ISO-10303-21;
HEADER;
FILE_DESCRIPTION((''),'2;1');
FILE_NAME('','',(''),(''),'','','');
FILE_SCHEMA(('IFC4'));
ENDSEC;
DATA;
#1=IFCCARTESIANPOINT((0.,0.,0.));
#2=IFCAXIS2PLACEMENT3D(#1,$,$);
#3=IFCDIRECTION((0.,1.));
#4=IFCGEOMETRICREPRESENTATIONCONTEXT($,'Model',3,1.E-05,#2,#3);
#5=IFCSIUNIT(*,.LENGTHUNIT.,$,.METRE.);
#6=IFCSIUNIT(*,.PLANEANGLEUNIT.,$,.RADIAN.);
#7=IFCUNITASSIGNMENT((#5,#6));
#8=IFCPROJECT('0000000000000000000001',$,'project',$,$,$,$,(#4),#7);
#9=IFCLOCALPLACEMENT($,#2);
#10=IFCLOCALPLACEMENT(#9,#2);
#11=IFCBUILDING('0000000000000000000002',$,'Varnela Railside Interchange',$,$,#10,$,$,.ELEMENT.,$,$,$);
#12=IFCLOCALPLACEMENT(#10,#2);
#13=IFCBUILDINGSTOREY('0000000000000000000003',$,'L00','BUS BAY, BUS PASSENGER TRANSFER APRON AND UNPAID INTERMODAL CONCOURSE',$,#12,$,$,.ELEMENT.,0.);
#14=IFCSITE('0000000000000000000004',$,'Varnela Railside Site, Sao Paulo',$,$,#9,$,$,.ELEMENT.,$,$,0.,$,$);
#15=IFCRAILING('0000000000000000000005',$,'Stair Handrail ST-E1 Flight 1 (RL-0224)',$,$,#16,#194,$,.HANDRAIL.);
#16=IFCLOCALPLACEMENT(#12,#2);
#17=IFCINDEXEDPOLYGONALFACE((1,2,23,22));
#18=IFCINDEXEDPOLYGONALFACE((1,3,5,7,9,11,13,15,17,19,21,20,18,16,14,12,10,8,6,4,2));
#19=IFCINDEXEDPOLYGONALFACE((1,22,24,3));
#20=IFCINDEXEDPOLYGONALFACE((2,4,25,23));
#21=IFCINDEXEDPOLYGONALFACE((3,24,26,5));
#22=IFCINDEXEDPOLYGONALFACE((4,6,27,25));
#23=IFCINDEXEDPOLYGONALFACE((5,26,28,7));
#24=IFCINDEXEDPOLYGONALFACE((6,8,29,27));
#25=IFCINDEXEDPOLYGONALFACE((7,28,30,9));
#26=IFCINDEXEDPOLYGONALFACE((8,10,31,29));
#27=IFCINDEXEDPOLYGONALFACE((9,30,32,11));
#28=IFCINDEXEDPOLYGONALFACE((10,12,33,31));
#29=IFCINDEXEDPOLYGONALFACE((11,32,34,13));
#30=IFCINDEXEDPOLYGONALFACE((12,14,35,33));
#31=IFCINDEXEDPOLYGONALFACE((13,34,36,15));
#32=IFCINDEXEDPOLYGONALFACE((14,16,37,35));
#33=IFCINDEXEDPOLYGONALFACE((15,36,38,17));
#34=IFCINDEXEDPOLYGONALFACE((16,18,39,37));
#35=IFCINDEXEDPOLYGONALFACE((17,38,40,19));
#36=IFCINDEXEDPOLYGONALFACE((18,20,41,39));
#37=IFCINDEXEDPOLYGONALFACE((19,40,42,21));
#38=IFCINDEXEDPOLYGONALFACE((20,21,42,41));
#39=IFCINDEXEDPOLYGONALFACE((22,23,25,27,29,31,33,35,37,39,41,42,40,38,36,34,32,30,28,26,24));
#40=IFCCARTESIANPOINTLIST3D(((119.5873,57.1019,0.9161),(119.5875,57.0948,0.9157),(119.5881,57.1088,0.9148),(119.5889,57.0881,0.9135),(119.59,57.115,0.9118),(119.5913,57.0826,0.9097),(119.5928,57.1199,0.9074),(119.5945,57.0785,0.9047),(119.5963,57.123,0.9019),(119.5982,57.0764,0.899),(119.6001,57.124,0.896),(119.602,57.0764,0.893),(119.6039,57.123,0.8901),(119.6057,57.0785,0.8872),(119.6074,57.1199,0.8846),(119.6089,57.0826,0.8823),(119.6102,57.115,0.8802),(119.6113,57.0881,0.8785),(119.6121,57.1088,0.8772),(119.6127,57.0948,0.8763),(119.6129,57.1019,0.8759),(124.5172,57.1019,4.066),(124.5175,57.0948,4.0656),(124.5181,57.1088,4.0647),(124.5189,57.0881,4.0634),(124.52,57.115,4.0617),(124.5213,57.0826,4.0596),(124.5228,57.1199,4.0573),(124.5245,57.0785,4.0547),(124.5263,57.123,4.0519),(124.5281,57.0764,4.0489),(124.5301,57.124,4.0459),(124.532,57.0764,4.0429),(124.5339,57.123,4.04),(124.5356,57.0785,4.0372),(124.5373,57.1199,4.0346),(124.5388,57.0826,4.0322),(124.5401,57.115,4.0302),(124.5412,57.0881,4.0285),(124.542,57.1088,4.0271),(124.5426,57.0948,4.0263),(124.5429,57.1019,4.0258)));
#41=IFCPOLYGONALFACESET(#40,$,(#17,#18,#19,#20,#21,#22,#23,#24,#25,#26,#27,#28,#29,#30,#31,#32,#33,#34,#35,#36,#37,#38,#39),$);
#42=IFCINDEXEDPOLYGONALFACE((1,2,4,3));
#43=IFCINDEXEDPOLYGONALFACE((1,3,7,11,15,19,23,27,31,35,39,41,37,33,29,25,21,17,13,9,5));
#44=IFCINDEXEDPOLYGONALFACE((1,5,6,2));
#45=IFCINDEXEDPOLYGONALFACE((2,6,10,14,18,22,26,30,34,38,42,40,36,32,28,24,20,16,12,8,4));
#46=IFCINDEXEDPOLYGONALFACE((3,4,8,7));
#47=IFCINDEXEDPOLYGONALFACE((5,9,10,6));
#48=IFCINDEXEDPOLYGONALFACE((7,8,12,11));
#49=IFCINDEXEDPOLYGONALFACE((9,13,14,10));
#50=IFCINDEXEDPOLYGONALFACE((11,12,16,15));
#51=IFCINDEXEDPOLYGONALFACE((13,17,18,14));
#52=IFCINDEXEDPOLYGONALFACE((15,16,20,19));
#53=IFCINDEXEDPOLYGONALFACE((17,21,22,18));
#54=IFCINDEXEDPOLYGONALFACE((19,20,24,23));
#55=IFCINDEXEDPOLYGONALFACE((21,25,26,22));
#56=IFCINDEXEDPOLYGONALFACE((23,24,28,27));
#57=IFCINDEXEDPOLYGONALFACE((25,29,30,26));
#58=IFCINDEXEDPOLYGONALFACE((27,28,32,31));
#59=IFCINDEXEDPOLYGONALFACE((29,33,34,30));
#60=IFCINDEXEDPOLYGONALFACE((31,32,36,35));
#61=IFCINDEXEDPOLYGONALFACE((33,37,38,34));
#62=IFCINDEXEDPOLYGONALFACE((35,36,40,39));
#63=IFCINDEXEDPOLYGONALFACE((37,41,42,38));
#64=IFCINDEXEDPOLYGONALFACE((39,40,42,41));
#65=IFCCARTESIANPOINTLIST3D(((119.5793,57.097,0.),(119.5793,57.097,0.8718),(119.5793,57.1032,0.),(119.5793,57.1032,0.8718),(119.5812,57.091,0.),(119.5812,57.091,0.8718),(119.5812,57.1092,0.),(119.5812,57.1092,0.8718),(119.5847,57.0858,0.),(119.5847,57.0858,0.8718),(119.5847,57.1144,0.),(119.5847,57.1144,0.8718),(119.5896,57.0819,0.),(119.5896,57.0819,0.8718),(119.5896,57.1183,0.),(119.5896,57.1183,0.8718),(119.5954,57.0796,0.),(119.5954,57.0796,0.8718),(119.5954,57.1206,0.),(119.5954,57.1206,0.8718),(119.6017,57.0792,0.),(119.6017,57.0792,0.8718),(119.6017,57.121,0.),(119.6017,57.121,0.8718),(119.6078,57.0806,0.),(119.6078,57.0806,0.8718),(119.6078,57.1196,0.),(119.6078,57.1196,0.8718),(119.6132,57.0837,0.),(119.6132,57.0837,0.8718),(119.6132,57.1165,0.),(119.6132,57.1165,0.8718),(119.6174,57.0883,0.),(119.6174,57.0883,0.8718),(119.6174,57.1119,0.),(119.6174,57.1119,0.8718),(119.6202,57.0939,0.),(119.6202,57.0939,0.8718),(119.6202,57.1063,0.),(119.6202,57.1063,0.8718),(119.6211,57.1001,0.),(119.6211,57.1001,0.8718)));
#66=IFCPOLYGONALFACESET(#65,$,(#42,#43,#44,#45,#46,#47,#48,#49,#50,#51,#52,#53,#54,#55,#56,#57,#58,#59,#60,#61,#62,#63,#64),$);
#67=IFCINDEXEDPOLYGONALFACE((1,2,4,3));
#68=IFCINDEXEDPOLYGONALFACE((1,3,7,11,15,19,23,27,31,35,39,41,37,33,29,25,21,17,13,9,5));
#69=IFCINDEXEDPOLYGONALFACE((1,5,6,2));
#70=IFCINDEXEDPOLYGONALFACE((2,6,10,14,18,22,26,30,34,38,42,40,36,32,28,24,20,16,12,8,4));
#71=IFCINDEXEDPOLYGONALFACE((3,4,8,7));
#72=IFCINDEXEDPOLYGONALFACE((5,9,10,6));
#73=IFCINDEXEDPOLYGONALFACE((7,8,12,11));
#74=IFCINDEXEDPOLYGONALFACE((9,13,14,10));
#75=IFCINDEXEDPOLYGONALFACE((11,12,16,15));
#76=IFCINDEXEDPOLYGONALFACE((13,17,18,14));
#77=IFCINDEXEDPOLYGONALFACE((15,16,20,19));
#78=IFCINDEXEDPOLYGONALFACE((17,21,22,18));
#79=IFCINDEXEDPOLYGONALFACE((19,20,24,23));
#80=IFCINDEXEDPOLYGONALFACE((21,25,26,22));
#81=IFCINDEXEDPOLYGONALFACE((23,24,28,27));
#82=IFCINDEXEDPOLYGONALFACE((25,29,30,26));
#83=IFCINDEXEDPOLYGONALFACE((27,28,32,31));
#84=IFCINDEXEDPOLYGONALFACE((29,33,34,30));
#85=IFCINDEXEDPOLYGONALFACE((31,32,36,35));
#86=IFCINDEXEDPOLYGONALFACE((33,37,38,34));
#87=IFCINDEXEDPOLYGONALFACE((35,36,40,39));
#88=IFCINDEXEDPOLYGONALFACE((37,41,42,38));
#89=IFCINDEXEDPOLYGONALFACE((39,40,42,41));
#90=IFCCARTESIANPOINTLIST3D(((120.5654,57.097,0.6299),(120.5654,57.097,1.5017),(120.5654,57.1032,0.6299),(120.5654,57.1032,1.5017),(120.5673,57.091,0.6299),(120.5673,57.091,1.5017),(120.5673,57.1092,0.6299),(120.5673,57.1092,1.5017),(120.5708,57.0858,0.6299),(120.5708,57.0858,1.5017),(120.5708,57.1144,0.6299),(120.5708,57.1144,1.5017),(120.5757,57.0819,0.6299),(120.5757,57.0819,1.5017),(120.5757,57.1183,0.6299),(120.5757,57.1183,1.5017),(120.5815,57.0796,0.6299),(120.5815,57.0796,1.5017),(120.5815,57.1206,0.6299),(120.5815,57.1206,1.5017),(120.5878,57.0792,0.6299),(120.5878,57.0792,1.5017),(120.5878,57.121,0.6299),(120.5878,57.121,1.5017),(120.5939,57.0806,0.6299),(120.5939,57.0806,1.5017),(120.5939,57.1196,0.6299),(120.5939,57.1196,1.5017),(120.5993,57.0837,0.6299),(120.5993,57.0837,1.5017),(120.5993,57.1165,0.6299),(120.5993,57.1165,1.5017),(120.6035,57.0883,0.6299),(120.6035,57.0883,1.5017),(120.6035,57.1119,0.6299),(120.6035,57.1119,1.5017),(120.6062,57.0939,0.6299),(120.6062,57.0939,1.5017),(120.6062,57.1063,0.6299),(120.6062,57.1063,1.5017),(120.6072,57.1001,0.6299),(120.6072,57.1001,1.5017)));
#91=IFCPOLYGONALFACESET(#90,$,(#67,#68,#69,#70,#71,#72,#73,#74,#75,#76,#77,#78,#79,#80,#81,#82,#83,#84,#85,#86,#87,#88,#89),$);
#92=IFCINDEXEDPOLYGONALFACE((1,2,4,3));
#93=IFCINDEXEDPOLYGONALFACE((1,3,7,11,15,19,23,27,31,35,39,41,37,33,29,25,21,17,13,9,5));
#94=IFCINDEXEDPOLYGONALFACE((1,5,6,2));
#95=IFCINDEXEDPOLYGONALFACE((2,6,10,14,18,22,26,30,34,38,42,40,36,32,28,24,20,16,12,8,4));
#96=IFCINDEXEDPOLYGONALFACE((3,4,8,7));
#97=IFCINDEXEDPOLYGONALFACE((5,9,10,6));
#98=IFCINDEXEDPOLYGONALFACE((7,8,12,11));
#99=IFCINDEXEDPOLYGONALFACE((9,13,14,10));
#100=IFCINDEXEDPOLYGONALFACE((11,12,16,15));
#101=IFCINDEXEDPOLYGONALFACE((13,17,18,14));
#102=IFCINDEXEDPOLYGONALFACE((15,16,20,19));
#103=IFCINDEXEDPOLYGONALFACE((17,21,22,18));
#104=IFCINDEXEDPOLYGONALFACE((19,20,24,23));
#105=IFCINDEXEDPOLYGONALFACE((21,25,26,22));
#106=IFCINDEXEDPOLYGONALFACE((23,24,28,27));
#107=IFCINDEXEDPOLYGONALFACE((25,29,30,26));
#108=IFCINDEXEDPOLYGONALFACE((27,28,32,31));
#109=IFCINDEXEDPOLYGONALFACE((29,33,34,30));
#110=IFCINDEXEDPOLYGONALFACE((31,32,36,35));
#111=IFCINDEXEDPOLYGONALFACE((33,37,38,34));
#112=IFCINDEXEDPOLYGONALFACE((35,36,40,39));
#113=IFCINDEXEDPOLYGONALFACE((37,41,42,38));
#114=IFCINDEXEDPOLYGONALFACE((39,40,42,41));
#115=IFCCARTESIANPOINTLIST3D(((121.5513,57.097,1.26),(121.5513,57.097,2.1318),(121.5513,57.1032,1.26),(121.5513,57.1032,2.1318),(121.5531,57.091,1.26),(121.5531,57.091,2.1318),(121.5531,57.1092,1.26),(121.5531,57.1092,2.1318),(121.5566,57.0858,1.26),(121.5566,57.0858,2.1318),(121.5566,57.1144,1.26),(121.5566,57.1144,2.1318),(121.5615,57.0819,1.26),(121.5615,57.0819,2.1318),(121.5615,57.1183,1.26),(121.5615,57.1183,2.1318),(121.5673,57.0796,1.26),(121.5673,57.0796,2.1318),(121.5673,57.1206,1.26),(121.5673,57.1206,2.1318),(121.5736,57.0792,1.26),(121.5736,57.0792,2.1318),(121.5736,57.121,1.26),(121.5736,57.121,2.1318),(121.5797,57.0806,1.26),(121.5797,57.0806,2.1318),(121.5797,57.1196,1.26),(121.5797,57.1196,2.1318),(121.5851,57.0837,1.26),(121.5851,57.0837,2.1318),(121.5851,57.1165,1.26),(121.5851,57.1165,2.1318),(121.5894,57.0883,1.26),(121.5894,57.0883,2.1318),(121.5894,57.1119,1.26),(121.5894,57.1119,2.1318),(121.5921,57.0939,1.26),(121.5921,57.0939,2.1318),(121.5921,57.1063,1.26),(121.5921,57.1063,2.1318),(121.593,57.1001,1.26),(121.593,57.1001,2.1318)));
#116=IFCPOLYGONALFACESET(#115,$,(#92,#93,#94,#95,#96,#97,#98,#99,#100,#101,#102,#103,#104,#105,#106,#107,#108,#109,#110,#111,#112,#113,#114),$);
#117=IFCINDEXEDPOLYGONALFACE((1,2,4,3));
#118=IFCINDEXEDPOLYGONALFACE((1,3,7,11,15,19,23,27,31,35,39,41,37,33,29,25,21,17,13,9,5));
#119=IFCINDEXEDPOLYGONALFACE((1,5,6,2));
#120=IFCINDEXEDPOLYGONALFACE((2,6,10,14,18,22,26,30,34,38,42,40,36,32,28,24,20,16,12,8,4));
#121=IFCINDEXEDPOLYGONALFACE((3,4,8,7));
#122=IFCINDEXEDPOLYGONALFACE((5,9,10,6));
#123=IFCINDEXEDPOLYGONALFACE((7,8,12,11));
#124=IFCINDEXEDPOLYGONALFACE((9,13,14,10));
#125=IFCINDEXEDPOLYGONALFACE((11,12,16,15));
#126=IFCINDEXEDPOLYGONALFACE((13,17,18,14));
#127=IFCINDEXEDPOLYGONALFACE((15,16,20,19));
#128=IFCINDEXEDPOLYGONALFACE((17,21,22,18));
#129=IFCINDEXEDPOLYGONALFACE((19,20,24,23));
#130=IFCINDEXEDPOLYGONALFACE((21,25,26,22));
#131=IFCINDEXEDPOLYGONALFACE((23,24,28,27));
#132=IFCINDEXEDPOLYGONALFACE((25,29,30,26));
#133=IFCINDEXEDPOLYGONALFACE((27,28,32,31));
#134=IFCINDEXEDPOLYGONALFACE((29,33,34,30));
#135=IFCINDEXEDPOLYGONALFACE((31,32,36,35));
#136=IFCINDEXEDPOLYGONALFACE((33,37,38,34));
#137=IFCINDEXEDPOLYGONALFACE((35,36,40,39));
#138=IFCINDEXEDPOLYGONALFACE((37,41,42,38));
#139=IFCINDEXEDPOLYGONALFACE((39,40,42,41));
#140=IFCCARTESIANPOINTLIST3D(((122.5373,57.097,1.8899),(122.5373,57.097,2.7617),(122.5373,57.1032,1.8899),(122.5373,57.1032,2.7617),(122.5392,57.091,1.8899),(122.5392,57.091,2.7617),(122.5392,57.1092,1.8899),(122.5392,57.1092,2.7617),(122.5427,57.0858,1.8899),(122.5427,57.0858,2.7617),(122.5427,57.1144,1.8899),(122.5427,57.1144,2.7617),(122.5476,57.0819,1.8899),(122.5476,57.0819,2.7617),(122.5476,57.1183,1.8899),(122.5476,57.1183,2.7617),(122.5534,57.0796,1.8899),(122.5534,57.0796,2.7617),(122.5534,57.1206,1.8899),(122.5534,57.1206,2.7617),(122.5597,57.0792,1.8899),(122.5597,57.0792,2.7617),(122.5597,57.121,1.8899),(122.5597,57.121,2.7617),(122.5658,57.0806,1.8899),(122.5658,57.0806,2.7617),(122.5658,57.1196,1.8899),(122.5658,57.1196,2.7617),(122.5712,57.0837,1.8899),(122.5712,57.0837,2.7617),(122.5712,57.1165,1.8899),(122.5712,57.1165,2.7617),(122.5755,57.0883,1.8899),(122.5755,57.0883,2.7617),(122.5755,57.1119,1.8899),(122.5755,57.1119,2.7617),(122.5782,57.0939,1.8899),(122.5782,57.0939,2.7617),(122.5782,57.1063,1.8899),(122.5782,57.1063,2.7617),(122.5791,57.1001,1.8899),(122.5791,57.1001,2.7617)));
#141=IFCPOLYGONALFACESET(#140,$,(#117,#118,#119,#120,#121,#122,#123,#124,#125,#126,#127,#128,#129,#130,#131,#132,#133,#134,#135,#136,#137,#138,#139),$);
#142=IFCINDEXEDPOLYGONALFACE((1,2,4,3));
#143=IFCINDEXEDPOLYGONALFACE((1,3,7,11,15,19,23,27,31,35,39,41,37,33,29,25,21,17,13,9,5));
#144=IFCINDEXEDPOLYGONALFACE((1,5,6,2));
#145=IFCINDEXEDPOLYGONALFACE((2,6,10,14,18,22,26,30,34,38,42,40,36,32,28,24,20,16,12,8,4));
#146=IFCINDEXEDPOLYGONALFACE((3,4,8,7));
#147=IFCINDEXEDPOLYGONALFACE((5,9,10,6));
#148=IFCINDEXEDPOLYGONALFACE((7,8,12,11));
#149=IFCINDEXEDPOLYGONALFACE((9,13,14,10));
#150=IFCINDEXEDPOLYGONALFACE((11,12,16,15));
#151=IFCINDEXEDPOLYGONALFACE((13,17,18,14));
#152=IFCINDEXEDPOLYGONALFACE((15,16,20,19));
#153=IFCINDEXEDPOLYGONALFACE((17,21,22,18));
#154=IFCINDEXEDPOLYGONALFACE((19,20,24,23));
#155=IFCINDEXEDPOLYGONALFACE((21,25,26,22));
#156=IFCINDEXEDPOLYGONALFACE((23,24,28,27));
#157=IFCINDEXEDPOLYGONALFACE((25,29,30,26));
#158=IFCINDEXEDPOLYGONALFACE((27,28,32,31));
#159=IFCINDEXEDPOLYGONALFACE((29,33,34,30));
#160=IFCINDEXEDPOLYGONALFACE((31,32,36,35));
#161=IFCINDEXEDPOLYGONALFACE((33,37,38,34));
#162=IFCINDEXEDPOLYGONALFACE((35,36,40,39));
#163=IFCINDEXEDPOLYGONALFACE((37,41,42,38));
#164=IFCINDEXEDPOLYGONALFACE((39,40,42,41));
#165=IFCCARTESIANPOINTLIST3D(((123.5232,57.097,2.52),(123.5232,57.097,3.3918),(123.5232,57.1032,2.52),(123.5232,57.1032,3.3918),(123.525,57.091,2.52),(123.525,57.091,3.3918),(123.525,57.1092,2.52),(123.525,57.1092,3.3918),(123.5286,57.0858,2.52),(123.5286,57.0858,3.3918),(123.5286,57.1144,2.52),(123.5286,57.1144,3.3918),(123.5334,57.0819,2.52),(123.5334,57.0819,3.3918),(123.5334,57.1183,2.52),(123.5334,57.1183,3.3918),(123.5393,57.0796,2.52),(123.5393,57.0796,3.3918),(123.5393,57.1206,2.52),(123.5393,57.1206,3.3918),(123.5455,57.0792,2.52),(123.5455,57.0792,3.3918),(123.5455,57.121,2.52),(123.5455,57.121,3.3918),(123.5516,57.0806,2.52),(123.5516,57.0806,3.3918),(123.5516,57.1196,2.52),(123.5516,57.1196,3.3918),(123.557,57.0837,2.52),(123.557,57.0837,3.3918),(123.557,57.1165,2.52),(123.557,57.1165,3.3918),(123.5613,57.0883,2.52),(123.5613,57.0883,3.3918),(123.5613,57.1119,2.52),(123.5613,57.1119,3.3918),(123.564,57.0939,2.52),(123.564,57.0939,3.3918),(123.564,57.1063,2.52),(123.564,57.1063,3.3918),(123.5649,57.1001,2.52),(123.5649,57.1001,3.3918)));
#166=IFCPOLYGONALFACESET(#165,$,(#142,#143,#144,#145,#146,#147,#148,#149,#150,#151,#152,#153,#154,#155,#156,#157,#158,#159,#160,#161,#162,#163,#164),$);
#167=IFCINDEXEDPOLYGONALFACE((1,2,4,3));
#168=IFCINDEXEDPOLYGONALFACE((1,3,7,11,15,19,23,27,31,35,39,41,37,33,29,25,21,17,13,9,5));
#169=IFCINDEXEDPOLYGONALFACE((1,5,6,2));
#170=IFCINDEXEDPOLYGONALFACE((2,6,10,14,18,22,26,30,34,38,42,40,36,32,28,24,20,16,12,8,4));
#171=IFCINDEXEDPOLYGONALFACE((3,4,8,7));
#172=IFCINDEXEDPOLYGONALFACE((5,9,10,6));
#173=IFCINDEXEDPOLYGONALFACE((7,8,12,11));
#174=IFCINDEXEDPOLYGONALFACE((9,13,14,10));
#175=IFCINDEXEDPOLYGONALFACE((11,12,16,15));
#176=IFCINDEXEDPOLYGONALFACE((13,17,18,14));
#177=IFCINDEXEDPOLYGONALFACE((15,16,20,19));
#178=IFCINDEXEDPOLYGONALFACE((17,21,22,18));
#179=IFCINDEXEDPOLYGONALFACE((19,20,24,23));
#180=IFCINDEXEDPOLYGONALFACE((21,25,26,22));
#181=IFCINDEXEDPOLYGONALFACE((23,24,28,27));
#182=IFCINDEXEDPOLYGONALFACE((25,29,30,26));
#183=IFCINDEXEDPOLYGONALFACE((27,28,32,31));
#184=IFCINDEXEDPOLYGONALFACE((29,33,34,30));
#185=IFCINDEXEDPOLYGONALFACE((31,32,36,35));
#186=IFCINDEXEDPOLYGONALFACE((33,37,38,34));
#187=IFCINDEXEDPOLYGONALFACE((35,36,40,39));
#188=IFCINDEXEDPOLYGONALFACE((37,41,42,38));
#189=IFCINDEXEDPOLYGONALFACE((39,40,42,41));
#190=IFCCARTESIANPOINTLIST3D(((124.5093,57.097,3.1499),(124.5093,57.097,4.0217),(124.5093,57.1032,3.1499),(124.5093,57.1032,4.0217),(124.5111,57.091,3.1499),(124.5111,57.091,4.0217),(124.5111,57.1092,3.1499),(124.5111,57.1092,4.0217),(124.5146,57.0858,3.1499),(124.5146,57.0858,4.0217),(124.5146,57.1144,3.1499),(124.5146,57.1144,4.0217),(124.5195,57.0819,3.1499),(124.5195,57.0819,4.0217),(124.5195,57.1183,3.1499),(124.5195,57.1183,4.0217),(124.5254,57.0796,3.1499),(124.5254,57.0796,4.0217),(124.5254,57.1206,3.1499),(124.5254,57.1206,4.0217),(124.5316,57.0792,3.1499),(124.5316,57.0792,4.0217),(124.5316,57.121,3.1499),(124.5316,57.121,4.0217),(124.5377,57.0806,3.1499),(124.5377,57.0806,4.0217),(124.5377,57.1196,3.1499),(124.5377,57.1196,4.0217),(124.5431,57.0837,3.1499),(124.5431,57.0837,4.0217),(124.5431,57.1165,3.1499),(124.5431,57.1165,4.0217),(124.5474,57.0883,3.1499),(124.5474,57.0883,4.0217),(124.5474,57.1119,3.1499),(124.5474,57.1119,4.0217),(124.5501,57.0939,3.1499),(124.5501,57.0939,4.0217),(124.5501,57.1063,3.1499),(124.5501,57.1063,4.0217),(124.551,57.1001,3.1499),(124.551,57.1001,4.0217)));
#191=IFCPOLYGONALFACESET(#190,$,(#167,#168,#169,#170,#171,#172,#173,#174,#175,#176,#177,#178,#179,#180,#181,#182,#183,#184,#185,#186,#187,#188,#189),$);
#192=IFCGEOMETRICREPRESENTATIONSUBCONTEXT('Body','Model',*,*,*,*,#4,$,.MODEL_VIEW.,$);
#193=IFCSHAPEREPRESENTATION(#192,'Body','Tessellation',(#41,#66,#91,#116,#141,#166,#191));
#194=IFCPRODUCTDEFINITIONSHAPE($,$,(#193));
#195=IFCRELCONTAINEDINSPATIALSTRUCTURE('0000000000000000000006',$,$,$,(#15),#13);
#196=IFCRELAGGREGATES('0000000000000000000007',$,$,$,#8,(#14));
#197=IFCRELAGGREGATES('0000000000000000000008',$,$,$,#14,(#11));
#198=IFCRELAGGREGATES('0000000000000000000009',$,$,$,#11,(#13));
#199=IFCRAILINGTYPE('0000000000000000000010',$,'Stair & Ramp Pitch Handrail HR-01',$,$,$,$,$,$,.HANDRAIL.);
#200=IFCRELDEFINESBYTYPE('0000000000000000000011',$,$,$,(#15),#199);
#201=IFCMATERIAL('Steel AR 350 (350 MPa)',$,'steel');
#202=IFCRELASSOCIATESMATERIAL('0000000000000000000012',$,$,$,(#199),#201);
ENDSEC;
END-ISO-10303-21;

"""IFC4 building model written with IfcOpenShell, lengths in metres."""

from ifc_helpers import new_model, si_unit, direction, frame, origin, origin_2d, place, context, subcontext, project, spatial, circle, extrude, material, type_object, element, save


model = new_model("IFC4")

# Units and contexts
model_context = context("Model", 3, precision=1e-05, world=origin(), true_north=direction((0.0, 1.0)))
body_context = subcontext(model_context, "Body", "Model", "MODEL_VIEW")
ifc_project = project(units=[si_unit("LENGTHUNIT", "METRE"), si_unit("PLANEANGLEUNIT", "RADIAN")], contexts=[model_context])

# Site, building, storey
site_placement = place(None, origin())
site = spatial("IfcSite", under=ifc_project, at=site_placement, Name="Varnela Railside Site, Sao Paulo", CompositionType="ELEMENT", RefElevation=0.0)
building_placement = place(site_placement, origin())
building = spatial("IfcBuilding", under=site, at=building_placement, Name="Varnela Railside Interchange", CompositionType="ELEMENT")
storey_placement = place(building_placement, origin())
storey = spatial("IfcBuildingStorey", under=building, at=storey_placement, Name="L00", Description="BUS BAY, BUS PASSENGER TRANSFER APRON AND UNPAID INTERMODAL CONCOURSE", CompositionType="ELEMENT", Elevation=0.0)

# Shared definitions
ifc_material_1 = material(Name="Steel AR 350 (350 MPa)", Category="steel")

# Railing
railing_type_1 = type_object("IfcRailingType", Name="Stair & Ramp Pitch Handrail HR-01", PredefinedType="HANDRAIL", material=ifc_material_1)
railing_1_placement = place(storey_placement, frame((119.6001, 57.1001, 0.0)))
element("IfcRailing", 1, at=railing_1_placement, inside=storey, type_object=railing_type_1, Name="Stair Handrail ST-E1 Flight 1 (RL-0224)", PredefinedType="HANDRAIL", context=body_context, shape_type="SweptSolid", body=[
    extrude(circle(Radius=0.0239, at=origin_2d()), frame((0.0, 0.0, 0.896), z_axis=(0.842679, 0.0, 0.538416), x_axis=(0.0, 1.0, 0.0)), (0.0, 0.0, 1.0), 5.8503),
    extrude(circle(Radius=0.021, at=origin_2d()), origin(), (0.0, 0.0, 1.0), 0.8718),
    extrude(circle(Radius=0.021, at=origin_2d()), frame((0.9861, 0.0, 0.6299)), (0.0, 0.0, 1.0), 0.8718),
    extrude(circle(Radius=0.021, at=origin_2d()), frame((1.9719, 0.0, 1.26)), (0.0, 0.0, 1.0), 0.8718),
    extrude(circle(Radius=0.021, at=origin_2d()), frame((2.958, 0.0, 1.8899)), (0.0, 0.0, 1.0), 0.8718),
    extrude(circle(Radius=0.021, at=origin_2d()), frame((3.9438, 0.0, 2.52)), (0.0, 0.0, 1.0), 0.8718),
    extrude(circle(Radius=0.021, at=origin_2d()), frame((4.9299, 0.0, 3.1499)), (0.0, 0.0, 1.0), 0.8718),
])

save(model, "model.ifc")
